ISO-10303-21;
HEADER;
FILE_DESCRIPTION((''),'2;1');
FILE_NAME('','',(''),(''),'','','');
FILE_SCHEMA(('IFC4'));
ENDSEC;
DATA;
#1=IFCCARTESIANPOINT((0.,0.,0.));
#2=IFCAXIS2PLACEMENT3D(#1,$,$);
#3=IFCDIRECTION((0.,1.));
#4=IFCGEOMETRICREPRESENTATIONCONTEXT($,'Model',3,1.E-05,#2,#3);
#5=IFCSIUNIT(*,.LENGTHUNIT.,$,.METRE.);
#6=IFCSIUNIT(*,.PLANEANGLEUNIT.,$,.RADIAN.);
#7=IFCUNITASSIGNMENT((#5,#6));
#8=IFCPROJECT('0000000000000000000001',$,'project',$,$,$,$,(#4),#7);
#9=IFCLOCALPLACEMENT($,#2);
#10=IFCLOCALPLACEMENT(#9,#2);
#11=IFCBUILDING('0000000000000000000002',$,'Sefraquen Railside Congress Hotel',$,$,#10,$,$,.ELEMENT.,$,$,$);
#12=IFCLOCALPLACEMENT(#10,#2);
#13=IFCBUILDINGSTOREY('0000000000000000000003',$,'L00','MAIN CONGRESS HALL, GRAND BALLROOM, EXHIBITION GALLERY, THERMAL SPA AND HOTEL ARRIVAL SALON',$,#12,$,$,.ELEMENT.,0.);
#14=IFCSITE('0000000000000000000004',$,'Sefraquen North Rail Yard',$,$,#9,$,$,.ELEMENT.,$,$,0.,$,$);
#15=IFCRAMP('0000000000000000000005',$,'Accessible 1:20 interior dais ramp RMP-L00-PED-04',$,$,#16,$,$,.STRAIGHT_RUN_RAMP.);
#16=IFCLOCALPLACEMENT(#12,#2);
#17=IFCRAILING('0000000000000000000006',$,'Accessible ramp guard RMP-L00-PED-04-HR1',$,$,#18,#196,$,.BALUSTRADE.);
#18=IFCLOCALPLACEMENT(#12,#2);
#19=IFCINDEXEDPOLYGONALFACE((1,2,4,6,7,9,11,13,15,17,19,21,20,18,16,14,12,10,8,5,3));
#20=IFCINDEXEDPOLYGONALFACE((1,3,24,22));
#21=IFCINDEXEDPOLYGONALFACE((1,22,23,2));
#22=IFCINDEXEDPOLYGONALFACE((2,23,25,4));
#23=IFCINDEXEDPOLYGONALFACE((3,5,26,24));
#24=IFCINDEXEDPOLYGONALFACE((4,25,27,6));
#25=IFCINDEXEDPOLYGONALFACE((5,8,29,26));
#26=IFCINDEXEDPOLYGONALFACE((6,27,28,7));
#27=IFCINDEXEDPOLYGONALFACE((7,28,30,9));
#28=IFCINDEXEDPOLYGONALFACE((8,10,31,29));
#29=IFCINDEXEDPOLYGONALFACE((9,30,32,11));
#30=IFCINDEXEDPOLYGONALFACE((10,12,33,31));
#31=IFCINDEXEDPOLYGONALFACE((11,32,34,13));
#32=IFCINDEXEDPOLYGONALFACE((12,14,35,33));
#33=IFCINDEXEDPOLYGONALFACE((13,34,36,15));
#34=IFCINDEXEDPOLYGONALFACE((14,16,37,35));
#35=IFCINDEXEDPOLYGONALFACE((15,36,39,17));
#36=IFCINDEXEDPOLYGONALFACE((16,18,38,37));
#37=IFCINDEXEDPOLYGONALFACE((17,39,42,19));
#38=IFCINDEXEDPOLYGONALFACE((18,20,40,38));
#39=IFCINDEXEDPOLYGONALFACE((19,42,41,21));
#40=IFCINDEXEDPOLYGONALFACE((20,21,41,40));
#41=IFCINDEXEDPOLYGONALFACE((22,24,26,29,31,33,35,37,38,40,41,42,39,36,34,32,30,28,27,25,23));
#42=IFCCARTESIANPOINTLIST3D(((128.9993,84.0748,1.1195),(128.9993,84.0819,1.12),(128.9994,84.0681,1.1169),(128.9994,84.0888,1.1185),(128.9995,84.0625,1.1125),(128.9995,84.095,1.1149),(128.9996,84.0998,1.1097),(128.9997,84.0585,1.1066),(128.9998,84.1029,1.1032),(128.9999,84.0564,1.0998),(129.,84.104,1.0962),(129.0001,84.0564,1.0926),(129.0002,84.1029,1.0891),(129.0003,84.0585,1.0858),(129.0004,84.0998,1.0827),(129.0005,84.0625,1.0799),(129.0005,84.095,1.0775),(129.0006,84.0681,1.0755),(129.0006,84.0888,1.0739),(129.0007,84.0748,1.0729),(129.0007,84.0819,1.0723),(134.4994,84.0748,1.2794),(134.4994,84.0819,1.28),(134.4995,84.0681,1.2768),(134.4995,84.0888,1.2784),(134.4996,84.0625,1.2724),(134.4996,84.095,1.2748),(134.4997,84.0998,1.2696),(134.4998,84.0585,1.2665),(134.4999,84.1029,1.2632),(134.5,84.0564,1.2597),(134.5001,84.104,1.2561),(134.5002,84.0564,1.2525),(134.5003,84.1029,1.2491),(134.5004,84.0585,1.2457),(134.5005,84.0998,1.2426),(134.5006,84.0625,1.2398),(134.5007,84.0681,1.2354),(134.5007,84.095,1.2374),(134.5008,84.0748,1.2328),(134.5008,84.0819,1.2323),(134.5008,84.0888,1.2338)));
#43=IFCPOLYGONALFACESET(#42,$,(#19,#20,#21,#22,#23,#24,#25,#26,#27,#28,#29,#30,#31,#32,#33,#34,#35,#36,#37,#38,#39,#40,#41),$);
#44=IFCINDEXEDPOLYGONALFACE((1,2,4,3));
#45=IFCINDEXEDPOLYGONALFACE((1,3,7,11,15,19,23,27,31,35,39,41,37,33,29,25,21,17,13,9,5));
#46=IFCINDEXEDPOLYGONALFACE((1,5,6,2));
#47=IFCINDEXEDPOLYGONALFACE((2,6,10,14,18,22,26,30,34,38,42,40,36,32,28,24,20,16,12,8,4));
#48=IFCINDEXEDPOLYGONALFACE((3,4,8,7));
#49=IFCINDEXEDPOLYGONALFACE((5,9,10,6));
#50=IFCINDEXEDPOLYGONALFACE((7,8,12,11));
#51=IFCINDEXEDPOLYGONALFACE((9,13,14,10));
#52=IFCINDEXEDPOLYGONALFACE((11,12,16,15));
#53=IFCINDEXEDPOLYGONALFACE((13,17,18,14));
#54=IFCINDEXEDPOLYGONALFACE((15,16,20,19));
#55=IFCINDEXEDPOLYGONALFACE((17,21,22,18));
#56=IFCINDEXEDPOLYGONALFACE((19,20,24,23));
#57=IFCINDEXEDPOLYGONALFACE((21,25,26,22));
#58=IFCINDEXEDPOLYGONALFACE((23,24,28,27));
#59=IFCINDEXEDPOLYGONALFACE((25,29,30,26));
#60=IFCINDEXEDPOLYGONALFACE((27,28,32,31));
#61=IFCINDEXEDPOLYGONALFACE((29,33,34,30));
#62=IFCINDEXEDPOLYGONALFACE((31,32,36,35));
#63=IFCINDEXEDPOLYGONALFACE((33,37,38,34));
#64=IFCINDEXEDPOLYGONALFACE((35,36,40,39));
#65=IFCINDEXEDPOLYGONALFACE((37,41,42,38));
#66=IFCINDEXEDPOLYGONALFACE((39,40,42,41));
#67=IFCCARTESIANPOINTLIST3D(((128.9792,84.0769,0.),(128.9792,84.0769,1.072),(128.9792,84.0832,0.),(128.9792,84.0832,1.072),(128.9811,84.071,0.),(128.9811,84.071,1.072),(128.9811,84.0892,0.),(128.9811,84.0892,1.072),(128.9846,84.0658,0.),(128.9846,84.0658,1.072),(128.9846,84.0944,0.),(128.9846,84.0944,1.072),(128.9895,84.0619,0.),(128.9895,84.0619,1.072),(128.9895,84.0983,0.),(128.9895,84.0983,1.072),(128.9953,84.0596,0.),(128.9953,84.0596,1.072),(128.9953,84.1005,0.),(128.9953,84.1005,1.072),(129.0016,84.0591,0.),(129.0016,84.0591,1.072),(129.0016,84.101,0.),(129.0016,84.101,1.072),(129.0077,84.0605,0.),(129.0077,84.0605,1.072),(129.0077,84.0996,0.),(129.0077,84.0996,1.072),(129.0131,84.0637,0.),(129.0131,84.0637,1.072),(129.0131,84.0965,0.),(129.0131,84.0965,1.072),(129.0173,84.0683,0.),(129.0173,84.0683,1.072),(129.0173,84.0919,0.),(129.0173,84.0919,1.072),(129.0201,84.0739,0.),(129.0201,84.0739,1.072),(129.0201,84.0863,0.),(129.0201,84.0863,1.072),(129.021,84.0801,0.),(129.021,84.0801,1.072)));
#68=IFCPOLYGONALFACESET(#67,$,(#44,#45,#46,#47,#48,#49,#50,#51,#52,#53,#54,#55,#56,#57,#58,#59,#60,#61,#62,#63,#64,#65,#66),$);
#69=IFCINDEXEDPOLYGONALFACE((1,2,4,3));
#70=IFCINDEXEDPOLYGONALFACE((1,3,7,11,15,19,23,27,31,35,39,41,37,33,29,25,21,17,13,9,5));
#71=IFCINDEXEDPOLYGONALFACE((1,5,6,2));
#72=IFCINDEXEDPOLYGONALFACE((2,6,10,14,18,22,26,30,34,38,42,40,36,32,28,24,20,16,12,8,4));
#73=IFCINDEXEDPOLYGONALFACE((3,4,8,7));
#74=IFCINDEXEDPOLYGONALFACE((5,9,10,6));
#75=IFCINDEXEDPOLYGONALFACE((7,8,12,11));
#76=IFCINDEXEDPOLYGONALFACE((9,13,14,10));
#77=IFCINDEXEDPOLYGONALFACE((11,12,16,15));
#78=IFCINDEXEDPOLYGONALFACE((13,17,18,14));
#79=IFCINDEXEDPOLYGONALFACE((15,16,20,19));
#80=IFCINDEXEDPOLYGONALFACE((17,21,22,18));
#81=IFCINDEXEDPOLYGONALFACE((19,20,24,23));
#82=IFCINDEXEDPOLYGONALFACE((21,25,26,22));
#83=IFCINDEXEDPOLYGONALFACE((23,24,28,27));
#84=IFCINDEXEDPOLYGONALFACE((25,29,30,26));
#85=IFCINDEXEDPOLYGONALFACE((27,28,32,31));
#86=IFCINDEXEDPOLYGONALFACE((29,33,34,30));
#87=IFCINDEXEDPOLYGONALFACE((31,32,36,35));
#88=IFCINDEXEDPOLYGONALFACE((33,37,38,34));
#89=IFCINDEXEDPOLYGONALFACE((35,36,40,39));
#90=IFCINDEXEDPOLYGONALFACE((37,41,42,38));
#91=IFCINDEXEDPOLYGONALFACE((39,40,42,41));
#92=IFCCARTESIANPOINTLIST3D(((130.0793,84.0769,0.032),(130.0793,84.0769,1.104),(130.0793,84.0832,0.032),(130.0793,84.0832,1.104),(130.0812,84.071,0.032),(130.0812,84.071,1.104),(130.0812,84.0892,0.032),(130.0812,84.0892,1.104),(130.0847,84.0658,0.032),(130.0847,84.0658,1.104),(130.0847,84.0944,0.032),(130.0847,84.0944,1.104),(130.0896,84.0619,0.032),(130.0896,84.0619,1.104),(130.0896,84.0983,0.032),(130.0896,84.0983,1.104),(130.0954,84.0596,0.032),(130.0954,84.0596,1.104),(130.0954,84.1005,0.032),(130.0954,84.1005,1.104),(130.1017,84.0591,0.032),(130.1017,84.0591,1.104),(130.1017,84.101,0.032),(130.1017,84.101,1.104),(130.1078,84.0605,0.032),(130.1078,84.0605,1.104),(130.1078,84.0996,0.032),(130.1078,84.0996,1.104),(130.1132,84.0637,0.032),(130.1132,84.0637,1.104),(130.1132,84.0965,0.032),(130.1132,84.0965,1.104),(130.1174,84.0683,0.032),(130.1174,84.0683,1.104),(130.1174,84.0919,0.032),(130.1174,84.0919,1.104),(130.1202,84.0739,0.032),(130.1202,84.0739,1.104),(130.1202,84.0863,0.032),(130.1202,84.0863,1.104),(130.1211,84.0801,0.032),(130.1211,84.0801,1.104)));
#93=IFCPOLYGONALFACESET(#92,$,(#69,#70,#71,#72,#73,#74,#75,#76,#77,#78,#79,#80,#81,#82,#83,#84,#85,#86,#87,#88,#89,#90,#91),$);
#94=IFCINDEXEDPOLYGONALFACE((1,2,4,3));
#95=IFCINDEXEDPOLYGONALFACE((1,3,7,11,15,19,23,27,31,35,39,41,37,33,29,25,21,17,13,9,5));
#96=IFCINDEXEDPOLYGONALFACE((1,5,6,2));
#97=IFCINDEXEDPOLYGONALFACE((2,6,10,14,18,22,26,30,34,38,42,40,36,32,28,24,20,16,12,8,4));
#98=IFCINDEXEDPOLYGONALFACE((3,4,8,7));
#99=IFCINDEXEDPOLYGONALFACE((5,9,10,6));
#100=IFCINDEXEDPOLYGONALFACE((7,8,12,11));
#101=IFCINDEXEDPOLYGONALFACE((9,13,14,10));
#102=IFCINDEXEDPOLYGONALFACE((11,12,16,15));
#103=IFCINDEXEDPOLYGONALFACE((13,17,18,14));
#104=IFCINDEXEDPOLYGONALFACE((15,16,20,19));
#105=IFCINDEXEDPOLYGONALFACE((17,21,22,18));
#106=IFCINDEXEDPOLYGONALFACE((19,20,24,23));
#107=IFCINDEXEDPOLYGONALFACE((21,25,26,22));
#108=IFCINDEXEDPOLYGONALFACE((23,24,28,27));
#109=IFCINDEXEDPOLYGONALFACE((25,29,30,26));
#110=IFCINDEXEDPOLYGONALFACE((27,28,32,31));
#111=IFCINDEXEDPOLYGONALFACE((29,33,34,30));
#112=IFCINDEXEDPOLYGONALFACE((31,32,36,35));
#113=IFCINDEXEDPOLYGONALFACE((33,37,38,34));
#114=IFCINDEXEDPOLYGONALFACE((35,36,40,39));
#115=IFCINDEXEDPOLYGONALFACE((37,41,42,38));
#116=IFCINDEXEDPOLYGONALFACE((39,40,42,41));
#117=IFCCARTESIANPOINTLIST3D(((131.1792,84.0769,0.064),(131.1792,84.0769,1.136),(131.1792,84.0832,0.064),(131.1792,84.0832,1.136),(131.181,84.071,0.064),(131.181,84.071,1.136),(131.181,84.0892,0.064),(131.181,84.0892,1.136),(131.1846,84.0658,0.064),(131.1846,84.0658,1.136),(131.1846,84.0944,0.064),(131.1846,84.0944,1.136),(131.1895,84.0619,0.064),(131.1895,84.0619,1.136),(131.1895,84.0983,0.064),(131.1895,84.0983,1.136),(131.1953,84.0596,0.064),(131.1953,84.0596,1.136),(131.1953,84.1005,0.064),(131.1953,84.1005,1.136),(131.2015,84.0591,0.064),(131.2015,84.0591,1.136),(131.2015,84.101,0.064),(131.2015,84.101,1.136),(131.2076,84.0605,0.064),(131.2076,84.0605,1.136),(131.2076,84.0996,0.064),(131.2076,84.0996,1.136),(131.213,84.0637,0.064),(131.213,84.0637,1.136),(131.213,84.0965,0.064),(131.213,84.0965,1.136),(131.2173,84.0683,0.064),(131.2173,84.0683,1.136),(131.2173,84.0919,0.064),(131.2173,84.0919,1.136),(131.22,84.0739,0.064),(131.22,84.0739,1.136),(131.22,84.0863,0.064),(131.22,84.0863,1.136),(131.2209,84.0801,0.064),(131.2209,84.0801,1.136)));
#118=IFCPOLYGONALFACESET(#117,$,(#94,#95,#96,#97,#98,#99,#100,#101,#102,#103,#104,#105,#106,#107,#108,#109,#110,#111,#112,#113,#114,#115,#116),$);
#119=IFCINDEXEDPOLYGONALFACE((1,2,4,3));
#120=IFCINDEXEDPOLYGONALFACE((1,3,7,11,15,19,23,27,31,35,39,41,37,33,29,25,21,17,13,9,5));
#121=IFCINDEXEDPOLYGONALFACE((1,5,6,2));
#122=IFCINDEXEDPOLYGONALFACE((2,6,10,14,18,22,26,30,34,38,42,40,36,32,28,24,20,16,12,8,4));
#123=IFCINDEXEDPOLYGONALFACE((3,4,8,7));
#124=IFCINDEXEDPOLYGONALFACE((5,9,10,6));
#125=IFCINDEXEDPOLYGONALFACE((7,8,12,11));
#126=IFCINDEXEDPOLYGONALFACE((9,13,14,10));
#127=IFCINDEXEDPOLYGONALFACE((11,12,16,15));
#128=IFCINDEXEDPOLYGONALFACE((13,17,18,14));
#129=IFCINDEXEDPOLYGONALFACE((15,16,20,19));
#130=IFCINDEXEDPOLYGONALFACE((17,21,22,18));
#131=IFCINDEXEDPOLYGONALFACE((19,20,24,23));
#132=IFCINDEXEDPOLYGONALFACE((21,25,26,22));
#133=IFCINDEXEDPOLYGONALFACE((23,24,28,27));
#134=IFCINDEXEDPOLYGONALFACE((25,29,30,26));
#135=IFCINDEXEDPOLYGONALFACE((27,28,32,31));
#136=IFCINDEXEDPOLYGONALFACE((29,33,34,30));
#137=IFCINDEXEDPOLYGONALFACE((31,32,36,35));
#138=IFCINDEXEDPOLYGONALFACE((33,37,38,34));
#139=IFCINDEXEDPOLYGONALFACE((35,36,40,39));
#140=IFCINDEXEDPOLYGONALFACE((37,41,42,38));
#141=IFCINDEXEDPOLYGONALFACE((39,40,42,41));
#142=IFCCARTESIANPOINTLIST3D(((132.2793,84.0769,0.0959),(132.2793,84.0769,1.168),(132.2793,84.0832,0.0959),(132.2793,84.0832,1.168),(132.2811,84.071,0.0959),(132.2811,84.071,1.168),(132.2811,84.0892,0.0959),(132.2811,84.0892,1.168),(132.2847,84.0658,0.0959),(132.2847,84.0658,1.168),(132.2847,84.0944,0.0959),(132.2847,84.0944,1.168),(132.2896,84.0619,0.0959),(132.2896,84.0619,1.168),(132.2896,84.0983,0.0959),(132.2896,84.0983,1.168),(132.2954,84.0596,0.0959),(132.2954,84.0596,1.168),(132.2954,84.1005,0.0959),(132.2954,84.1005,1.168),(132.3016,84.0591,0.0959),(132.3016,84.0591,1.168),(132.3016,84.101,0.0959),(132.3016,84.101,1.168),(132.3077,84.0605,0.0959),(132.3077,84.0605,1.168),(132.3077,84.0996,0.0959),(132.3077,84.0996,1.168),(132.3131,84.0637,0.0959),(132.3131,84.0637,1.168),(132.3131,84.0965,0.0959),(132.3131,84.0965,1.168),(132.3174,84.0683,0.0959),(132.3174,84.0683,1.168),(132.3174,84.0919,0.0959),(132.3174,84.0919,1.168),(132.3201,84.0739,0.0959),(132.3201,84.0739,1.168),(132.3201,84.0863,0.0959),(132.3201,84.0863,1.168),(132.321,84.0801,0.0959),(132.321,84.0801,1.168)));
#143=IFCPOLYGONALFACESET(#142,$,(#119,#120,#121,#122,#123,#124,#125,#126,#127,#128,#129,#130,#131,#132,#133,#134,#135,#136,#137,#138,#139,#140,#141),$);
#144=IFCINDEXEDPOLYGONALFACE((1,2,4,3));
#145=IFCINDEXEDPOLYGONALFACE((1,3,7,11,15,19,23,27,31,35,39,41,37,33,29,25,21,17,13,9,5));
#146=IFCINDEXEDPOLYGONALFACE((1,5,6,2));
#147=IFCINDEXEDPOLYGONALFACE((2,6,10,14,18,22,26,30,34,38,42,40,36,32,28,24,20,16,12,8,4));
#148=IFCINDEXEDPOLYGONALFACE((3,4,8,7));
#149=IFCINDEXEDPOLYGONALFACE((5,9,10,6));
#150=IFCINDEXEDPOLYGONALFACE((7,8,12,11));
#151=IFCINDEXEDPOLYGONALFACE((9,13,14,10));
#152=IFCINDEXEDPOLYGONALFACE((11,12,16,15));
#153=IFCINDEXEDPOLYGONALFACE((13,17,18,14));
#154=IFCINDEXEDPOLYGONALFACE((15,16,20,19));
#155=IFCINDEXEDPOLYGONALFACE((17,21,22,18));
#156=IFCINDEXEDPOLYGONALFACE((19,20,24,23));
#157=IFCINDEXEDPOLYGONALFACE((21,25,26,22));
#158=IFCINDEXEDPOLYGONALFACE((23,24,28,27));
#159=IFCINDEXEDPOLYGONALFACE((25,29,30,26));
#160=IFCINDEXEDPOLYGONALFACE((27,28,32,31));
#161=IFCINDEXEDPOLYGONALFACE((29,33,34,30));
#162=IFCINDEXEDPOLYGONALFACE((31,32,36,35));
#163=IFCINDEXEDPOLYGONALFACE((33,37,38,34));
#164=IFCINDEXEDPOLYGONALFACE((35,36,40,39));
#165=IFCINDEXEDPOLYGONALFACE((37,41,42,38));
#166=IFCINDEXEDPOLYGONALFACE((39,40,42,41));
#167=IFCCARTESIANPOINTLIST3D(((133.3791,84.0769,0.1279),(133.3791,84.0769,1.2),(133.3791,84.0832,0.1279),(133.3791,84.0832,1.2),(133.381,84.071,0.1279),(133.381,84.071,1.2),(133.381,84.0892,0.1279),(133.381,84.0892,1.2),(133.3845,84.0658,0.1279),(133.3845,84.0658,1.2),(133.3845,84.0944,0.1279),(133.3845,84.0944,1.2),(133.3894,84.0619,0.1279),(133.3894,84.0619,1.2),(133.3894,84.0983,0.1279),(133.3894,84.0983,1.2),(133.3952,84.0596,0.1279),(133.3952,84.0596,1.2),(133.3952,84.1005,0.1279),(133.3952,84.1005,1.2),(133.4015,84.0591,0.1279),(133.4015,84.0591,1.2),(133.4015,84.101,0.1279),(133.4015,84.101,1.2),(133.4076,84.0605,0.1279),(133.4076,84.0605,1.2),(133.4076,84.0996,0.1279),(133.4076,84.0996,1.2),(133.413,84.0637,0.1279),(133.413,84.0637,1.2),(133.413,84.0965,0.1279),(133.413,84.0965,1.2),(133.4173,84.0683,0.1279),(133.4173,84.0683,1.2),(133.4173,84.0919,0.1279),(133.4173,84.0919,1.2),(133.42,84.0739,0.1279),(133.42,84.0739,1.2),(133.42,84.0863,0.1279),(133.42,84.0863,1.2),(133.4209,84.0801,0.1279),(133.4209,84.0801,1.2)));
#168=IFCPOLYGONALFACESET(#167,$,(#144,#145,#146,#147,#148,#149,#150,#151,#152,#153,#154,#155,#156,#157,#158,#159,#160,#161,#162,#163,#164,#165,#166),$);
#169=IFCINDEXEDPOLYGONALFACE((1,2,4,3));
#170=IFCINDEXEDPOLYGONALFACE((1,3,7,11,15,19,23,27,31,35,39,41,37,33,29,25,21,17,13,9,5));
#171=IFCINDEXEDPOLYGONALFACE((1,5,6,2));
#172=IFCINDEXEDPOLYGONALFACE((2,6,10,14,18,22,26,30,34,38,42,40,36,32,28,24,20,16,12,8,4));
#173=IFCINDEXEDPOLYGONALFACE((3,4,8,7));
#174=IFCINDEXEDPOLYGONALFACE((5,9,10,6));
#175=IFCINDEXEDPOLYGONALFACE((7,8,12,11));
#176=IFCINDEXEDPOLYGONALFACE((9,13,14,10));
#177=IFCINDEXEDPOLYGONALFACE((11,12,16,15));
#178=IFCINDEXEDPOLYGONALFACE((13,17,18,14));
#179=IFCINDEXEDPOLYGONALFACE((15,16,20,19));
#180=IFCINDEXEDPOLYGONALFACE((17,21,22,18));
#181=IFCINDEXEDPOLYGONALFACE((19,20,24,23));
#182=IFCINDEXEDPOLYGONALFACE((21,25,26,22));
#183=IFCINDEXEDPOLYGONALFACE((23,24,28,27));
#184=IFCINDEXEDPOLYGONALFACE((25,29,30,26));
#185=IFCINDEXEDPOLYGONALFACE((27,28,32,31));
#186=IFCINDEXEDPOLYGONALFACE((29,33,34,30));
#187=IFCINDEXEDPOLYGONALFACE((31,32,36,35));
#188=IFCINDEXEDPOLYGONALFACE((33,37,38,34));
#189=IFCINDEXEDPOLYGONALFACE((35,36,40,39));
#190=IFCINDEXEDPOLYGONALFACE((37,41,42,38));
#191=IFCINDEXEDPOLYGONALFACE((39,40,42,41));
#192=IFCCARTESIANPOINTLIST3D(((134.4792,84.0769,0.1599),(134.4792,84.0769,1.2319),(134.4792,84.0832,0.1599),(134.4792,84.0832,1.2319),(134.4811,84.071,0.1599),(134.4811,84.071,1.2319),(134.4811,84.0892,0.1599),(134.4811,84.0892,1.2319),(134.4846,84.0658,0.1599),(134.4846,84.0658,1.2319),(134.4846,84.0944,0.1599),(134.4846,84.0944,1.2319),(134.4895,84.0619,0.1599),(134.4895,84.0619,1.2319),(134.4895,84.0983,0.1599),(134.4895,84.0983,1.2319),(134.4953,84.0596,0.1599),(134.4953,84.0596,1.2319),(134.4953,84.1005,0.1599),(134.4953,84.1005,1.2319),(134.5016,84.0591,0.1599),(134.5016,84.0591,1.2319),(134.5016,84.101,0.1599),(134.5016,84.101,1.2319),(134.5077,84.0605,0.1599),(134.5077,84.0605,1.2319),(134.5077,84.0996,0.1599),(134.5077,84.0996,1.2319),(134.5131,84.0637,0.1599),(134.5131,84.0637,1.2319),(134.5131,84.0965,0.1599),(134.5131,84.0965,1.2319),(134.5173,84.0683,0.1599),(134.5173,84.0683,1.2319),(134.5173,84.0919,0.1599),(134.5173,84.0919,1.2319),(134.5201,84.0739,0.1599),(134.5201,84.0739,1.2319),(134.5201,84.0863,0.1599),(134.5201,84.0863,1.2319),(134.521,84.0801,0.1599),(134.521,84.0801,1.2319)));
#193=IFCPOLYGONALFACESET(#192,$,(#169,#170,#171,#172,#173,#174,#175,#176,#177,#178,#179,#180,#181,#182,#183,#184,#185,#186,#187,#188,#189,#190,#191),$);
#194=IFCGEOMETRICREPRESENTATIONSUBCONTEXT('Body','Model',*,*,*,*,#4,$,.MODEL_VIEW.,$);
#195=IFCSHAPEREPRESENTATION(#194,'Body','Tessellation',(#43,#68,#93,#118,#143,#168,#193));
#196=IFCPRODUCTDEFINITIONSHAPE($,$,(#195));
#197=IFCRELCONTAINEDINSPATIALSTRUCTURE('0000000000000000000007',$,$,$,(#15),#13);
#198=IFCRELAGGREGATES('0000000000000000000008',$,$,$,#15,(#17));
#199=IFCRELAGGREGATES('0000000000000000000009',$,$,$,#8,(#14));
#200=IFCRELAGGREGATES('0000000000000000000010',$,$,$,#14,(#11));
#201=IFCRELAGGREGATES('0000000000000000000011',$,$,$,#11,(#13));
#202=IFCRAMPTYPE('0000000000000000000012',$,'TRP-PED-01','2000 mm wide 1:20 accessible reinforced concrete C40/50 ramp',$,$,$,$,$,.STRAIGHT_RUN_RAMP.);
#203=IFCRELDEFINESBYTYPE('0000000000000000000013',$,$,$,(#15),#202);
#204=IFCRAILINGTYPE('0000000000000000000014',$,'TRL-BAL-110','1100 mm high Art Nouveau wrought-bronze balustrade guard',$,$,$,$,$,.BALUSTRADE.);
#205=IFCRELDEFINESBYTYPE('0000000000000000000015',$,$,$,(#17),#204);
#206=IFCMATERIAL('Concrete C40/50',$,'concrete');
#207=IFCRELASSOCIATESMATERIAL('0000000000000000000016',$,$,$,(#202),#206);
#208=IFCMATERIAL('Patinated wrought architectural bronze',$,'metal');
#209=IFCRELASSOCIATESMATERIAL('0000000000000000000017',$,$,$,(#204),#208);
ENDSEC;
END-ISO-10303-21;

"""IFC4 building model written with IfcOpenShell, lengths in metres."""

from ifc_helpers import new_model, si_unit, direction, frame, origin, origin_2d, place, context, subcontext, project, spatial, circle, extrude, material, type_object, element, aggregate, save


model = new_model("IFC4")

# Units and contexts
model_context = context("Model", 3, precision=1e-05, world=origin(), true_north=direction((0.0, 1.0)))
body_context = subcontext(model_context, "Body", "Model", "MODEL_VIEW")
ifc_project = project(units=[si_unit("LENGTHUNIT", "METRE"), si_unit("PLANEANGLEUNIT", "RADIAN")], contexts=[model_context])

# Site, building, storey
site_placement = place(None, origin())
site = spatial("IfcSite", under=ifc_project, at=site_placement, Name="Sefraquen North Rail Yard", CompositionType="ELEMENT", RefElevation=0.0)
building_placement = place(site_placement, origin())
building = spatial("IfcBuilding", under=site, at=building_placement, Name="Sefraquen Railside Congress Hotel", CompositionType="ELEMENT")
storey_placement = place(building_placement, origin())
storey = spatial("IfcBuildingStorey", under=building, at=storey_placement, Name="L00", Description="MAIN CONGRESS HALL, GRAND BALLROOM, EXHIBITION GALLERY, THERMAL SPA AND HOTEL ARRIVAL SALON", CompositionType="ELEMENT", Elevation=0.0)

# Ramp, railing
ifc_material_1 = material(Name="Concrete C40/50", Category="concrete")
ramp_type = type_object("IfcRampType", Name="TRP-PED-01", Description="2000 mm wide 1:20 accessible reinforced concrete C40/50 ramp", PredefinedType="STRAIGHT_RUN_RAMP", material=ifc_material_1)
ramp_placement = place(storey_placement, origin())
ramp = element("IfcRamp", 1, at=ramp_placement, inside=storey, type_object=ramp_type, Name="Accessible 1:20 interior dais ramp RMP-L00-PED-04", PredefinedType="STRAIGHT_RUN_RAMP")
ifc_material_2 = material(Name="Patinated wrought architectural bronze", Category="metal")
railing_type = type_object("IfcRailingType", Name="TRL-BAL-110", Description="1100 mm high Art Nouveau wrought-bronze balustrade guard", PredefinedType="BALUSTRADE", material=ifc_material_2)
railing_1_placement = place(storey_placement, frame((129.0, 84.0801, 0.0)))
railing_1 = element("IfcRailing", 2, at=railing_1_placement, type_object=railing_type, Name="Accessible ramp guard RMP-L00-PED-04-HR1", PredefinedType="BALUSTRADE", context=body_context, shape_type="SweptSolid", body=[
    extrude(circle(Radius=0.0239, at=origin_2d()), frame((0.0, 0.0, 1.0962), z_axis=(0.999578, 0.0, 0.029063), x_axis=(0.0, 1.0, 0.0)), (0.0, 0.0, 1.0), 5.5024),
    extrude(circle(Radius=0.021, at=origin_2d()), origin(), (0.0, 0.0, 1.0), 1.072),
    extrude(circle(Radius=0.021, at=origin_2d()), frame((1.1001, 0.0, 0.032)), (0.0, 0.0, 1.0), 1.072),
    extrude(circle(Radius=0.021, at=origin_2d()), frame((2.2, 0.0, 0.064)), (0.0, 0.0, 1.0), 1.072),
    extrude(circle(Radius=0.021, at=origin_2d()), frame((3.3, 0.0, 0.0959)), (0.0, 0.0, 1.0), 1.072),
    extrude(circle(Radius=0.021, at=origin_2d()), frame((4.3999, 0.0, 0.1279)), (0.0, 0.0, 1.0), 1.072),
    extrude(circle(Radius=0.021, at=origin_2d()), frame((5.5, 0.0, 0.1599)), (0.0, 0.0, 1.0), 1.072),
])
aggregate(ramp, [railing_1])

save(model, "model.ifc")
